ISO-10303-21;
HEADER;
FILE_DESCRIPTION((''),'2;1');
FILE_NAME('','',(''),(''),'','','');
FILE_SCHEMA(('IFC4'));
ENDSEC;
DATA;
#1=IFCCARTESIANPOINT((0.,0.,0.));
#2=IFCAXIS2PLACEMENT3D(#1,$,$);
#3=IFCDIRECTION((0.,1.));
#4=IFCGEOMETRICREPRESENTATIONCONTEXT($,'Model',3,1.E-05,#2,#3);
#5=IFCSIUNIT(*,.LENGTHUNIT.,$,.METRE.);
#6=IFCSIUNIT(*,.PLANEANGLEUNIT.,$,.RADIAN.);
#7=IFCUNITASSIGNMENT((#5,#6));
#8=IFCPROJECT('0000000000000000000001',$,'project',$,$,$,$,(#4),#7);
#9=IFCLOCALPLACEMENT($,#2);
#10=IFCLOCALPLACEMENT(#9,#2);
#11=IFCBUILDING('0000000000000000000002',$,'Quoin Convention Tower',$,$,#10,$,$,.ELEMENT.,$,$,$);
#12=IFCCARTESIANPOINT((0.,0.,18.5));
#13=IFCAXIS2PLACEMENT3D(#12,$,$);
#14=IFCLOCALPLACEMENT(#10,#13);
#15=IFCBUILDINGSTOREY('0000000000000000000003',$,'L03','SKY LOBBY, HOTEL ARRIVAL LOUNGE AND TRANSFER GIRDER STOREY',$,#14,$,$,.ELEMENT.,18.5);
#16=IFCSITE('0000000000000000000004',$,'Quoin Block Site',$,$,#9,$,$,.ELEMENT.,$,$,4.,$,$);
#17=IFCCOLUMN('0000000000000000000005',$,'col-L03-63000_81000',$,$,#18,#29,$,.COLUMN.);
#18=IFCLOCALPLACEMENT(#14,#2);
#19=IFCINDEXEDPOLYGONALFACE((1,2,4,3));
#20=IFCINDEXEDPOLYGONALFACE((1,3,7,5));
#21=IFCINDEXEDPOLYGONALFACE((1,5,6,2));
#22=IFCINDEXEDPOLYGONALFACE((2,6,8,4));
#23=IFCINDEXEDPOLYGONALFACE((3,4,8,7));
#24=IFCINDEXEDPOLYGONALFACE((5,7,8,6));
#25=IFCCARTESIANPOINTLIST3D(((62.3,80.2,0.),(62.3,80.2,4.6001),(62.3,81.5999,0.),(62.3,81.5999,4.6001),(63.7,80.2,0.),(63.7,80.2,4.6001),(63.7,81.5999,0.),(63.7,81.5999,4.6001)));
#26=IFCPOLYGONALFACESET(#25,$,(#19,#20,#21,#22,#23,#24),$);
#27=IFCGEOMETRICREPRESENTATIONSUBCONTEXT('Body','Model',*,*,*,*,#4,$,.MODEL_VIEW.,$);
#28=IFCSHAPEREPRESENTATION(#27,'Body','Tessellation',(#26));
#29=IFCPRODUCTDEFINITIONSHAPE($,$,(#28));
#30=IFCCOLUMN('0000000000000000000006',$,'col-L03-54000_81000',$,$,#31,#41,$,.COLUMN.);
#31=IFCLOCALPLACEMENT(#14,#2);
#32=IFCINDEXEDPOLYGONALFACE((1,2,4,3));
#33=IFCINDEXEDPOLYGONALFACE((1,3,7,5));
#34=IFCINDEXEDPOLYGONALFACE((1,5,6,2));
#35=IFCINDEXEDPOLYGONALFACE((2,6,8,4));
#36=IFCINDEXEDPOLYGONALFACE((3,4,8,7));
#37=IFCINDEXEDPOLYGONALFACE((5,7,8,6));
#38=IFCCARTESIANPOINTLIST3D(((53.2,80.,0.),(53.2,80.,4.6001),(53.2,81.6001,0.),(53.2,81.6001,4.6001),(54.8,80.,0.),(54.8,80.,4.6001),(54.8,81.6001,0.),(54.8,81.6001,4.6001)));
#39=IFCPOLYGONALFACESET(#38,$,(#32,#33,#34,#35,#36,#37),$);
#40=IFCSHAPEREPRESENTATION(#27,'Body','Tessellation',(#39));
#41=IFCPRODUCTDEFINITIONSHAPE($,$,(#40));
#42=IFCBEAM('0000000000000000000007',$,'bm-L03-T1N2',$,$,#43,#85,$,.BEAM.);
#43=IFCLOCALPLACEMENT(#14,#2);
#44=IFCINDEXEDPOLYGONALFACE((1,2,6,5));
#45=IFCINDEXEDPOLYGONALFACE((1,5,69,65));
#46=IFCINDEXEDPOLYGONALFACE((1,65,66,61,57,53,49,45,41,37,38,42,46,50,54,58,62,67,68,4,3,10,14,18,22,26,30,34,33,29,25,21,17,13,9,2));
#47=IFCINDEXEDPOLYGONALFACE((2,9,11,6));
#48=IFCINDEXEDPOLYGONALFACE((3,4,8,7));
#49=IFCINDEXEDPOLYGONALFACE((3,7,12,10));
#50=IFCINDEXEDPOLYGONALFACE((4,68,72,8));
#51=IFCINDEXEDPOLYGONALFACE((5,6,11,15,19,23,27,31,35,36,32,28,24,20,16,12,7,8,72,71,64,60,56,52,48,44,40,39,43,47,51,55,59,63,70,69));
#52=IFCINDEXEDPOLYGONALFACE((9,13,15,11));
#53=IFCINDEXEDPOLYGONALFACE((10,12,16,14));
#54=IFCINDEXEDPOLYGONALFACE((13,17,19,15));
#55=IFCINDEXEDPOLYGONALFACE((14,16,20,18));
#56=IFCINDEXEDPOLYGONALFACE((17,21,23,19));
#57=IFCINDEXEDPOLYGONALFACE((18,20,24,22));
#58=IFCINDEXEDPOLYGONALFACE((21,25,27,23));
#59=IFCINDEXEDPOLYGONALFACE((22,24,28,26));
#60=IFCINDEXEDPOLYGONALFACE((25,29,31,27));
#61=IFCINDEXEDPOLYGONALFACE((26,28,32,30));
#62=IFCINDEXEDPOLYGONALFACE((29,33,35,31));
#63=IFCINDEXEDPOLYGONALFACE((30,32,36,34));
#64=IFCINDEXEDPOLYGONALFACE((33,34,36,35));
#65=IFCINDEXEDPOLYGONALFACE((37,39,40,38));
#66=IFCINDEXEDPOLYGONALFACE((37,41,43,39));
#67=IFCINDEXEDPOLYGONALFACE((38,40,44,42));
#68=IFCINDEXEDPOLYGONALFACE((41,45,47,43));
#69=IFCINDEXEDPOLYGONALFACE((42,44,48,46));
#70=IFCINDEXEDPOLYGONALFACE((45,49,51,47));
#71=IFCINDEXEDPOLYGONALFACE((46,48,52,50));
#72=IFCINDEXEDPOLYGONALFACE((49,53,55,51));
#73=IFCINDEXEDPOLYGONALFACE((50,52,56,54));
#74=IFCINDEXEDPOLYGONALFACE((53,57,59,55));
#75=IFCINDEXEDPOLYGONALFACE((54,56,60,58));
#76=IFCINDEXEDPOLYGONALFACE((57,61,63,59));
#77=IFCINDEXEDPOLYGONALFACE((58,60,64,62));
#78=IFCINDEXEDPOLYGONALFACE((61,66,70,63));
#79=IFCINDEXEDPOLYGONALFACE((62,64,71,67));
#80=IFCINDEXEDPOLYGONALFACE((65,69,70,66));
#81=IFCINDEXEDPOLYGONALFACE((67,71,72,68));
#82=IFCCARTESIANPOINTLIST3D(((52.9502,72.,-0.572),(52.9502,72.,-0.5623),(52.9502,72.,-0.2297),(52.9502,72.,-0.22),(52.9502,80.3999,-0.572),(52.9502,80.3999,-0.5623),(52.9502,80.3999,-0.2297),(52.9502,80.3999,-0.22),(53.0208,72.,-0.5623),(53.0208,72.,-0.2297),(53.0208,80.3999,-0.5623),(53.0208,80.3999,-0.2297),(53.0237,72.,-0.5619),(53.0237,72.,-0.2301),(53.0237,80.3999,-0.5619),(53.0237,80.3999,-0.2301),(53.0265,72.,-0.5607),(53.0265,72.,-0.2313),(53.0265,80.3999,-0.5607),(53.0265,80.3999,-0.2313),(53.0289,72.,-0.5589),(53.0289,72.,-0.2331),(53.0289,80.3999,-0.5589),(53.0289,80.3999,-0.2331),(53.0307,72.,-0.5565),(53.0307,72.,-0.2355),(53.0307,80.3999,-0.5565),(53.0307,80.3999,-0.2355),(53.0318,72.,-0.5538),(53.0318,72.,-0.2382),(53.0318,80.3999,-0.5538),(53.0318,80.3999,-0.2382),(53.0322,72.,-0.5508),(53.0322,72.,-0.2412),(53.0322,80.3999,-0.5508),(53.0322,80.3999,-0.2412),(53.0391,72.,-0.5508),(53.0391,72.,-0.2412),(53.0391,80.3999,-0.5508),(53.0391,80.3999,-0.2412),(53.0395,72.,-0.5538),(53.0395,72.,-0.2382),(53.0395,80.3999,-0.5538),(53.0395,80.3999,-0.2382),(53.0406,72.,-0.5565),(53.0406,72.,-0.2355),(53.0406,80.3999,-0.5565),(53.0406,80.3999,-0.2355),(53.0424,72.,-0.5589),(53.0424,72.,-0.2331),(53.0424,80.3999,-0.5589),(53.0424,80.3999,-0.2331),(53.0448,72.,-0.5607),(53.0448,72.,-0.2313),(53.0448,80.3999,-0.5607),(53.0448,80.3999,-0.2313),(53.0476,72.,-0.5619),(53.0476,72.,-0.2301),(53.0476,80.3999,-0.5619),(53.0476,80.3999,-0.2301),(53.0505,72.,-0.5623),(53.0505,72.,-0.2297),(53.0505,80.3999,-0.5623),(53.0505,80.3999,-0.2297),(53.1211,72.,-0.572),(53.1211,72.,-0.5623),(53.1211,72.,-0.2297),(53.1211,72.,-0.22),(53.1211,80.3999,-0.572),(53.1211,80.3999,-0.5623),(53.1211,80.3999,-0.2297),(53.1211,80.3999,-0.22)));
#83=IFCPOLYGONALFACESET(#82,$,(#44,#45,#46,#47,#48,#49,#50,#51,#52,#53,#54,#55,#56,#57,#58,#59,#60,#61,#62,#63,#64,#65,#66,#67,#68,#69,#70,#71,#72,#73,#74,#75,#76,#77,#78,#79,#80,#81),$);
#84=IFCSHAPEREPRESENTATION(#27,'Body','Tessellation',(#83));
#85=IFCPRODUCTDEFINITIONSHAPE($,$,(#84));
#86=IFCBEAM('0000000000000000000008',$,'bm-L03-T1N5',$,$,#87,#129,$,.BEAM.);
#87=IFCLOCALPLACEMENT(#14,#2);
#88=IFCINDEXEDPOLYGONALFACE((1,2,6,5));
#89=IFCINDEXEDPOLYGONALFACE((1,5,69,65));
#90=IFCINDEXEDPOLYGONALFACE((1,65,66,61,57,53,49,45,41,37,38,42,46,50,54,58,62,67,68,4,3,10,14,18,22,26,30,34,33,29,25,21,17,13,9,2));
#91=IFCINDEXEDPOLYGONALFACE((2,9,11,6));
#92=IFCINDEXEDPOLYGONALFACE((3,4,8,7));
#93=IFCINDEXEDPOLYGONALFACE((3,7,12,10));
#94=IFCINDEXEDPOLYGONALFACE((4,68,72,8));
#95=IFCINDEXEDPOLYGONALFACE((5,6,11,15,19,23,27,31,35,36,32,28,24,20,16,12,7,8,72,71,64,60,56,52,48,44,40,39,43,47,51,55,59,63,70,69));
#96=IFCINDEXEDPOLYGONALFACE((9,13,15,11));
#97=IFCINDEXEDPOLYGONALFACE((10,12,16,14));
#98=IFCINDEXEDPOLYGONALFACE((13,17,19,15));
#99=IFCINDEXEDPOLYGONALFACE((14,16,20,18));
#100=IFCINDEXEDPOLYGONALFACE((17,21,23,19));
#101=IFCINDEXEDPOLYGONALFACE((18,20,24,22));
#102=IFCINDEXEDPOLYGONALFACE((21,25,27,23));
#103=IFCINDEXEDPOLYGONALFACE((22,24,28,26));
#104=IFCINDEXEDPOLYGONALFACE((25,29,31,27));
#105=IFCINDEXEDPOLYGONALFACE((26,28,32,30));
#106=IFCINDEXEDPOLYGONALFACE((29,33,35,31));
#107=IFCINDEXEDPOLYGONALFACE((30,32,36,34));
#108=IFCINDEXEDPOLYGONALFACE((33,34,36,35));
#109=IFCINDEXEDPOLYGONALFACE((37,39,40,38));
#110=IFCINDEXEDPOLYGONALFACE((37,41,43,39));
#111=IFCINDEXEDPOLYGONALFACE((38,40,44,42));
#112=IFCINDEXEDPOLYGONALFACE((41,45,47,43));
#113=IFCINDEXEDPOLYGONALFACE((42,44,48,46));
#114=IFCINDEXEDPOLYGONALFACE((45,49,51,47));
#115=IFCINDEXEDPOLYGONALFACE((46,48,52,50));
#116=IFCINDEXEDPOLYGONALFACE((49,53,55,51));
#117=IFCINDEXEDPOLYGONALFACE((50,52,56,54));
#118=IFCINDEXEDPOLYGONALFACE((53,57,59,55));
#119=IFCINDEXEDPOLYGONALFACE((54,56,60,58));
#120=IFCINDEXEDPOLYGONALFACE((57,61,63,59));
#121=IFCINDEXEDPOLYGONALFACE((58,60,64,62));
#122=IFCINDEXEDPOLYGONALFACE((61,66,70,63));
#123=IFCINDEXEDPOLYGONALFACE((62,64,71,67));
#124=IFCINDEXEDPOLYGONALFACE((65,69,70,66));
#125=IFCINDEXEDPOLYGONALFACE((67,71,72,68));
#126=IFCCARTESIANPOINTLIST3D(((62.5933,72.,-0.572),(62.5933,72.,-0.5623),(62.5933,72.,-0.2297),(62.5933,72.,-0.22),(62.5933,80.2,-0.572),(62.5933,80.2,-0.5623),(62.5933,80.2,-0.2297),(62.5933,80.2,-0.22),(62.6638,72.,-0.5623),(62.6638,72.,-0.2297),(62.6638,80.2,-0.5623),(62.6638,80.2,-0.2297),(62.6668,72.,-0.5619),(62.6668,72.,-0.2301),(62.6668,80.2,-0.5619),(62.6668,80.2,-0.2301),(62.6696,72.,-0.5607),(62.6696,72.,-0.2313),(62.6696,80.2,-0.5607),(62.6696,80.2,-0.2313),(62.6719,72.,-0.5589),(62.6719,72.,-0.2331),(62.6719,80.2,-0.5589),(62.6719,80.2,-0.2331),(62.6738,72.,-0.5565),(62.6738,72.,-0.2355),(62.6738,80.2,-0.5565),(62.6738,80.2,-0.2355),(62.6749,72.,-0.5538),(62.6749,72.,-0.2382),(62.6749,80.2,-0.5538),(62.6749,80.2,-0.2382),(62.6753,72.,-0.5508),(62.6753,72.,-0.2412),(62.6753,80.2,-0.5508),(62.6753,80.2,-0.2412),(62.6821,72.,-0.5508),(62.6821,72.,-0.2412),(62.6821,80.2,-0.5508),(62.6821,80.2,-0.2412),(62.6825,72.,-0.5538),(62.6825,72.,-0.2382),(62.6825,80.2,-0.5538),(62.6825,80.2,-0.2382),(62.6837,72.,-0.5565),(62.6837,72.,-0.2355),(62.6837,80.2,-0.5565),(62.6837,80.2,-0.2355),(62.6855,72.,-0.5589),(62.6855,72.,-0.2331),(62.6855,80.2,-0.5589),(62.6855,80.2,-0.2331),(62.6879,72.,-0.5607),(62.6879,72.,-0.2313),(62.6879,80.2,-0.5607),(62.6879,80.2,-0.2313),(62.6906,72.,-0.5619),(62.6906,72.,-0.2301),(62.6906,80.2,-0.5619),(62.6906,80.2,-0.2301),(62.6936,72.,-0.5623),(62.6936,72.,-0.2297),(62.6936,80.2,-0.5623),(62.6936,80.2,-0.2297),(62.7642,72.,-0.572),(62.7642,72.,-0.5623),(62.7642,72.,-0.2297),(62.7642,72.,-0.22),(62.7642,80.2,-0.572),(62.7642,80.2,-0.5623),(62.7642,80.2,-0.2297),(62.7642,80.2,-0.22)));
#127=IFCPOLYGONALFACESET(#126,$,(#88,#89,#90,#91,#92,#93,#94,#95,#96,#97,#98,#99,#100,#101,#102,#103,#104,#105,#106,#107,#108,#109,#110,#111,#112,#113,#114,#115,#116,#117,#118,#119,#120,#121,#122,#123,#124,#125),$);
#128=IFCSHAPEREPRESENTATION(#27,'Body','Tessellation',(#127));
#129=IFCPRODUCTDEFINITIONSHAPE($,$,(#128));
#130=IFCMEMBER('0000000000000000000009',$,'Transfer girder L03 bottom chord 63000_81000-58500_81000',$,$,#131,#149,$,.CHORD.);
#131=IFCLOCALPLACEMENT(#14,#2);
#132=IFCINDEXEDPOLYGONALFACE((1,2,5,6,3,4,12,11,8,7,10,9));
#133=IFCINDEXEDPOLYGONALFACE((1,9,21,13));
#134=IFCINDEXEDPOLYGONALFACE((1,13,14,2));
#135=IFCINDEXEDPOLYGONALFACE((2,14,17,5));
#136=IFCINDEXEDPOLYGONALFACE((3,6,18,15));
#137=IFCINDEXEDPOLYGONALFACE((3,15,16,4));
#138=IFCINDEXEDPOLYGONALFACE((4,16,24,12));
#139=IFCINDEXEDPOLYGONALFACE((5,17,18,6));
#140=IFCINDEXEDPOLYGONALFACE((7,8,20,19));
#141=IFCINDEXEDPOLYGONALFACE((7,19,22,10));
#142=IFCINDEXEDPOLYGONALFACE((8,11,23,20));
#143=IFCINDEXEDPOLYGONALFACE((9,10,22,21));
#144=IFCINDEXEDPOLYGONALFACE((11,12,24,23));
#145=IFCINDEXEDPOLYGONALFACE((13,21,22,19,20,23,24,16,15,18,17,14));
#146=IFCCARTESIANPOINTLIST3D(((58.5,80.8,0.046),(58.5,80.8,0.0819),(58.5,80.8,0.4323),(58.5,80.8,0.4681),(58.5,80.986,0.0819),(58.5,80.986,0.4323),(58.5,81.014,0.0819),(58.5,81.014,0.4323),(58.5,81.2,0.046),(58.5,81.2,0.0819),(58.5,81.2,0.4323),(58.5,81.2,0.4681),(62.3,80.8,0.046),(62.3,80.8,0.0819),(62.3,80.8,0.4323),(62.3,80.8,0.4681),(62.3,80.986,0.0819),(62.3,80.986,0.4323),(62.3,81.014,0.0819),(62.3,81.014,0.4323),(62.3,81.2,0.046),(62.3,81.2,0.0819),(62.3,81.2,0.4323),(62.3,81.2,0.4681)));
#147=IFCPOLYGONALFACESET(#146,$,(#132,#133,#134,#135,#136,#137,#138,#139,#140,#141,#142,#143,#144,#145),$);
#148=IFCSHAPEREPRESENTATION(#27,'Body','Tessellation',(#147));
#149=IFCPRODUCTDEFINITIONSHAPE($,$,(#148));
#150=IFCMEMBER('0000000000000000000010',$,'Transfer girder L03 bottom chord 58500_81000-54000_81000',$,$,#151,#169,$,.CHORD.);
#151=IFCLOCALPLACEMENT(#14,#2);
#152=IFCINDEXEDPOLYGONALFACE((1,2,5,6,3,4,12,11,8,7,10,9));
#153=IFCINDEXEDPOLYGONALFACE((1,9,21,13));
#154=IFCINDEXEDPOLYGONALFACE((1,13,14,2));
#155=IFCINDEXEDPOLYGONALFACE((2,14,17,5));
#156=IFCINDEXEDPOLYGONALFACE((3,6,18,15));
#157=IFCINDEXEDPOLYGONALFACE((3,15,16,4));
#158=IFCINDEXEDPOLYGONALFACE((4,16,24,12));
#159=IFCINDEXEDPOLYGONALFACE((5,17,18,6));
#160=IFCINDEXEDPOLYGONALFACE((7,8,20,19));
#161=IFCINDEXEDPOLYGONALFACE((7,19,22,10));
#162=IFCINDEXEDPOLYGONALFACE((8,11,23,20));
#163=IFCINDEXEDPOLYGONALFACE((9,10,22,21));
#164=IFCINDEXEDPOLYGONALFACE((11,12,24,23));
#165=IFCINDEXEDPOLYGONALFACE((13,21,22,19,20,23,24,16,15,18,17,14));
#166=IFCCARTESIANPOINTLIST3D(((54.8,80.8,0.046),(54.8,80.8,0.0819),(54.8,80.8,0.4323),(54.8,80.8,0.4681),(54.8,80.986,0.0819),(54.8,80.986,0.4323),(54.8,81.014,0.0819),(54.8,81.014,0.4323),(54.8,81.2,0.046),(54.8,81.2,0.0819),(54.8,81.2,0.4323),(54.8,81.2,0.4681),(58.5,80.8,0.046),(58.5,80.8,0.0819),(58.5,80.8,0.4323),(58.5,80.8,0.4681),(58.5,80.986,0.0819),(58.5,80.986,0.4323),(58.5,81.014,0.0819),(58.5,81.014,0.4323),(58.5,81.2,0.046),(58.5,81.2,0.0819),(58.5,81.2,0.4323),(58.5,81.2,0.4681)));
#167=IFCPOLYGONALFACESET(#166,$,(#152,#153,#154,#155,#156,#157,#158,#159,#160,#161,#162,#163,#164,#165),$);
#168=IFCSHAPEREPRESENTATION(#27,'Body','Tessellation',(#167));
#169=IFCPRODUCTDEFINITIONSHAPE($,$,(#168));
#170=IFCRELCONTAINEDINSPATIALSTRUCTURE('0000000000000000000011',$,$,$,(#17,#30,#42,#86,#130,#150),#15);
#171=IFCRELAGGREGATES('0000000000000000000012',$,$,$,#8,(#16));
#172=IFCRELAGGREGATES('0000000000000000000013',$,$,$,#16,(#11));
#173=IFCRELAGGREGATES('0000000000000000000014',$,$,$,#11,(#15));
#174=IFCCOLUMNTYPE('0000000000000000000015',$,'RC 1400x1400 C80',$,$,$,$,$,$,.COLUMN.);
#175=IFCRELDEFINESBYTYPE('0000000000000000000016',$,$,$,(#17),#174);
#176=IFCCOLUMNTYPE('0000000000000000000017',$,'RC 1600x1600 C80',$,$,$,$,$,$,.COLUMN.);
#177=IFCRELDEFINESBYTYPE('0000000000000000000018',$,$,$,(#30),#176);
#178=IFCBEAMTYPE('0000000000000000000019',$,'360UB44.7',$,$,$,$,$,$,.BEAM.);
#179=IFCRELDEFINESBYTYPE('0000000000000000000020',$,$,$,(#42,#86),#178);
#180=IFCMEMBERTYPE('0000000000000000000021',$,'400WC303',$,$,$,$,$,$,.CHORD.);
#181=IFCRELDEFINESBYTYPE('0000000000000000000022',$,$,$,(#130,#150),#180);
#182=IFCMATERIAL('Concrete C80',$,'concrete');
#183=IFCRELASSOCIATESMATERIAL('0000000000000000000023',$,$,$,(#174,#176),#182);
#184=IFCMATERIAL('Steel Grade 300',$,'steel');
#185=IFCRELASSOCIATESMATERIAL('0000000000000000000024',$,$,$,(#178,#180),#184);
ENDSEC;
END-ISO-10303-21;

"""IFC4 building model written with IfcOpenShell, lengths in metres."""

from ifc_helpers import new_model, si_unit, direction, frame, origin, origin_2d, place, context, subcontext, project, spatial, rectangle, i_section, extrude, material, material_profile, profile_set, type_object, element, save


model = new_model("IFC4")

# Units and contexts
model_context = context("Model", 3, precision=1e-05, world=origin(), true_north=direction((0.0, 1.0)))
body_context = subcontext(model_context, "Body", "Model", "MODEL_VIEW")
ifc_project = project(units=[si_unit("LENGTHUNIT", "METRE"), si_unit("PLANEANGLEUNIT", "RADIAN")], contexts=[model_context])

# Site, building, storey
site_placement = place(None, origin())
site = spatial("IfcSite", under=ifc_project, at=site_placement, Name="Quoin Block Site", CompositionType="ELEMENT", RefElevation=4.0)
building_placement = place(site_placement, origin())
building = spatial("IfcBuilding", under=site, at=building_placement, Name="Quoin Convention Tower", CompositionType="ELEMENT")
storey_placement = place(building_placement, frame((0.0, 0.0, 18.5)))
storey = spatial("IfcBuildingStorey", under=building, at=storey_placement, Name="L03", Description="SKY LOBBY, HOTEL ARRIVAL LOUNGE AND TRANSFER GIRDER STOREY", CompositionType="ELEMENT", Elevation=18.5)

# Columns
ifc_material_1 = material(Name="Concrete C80", Category="concrete")
ifc_material_profile_1 = material_profile(ifc_material_1, rectangle(XDim=1.3999, YDim=1.3999, at=origin_2d()), Name="RC 1400x1400")
ifc_profile_set_1 = profile_set([ifc_material_profile_1], Name="Concrete C80")
column_type_1 = type_object("IfcColumnType", Name="RC 1400x1400 C80", PredefinedType="COLUMN", material=ifc_profile_set_1)
column_1_placement = place(storey_placement, frame((63.0, 80.8999, 0.0), z_axis=(0.0, 0.0, 1.0), x_axis=(1.0, 0.0, 0.0)))
element("IfcColumn", 1, at=column_1_placement, inside=storey, type_object=column_type_1, Name="col-L03-63000_81000", PredefinedType="COLUMN", context=body_context, shape_type="SweptSolid", body=[
    extrude(rectangle(XDim=1.3999, YDim=1.3999, at=origin_2d()), origin(), (0.0, 0.0, 1.0), 4.6001),
])
ifc_material_profile_2 = material_profile(ifc_material_1, rectangle(XDim=1.6001, YDim=1.6001, at=origin_2d()), Name="RC 1600x1600")
ifc_profile_set_2 = profile_set([ifc_material_profile_2], Name="Concrete C80")
column_type_2 = type_object("IfcColumnType", Name="RC 1600x1600 C80", PredefinedType="COLUMN", material=ifc_profile_set_2)
column_2_placement = place(storey_placement, frame((54.0, 80.8, 0.0), z_axis=(0.0, 0.0, 1.0), x_axis=(1.0, 0.0, 0.0)))
element("IfcColumn", 2, at=column_2_placement, inside=storey, type_object=column_type_2, Name="col-L03-54000_81000", PredefinedType="COLUMN", context=body_context, shape_type="SweptSolid", body=[
    extrude(rectangle(XDim=1.6001, YDim=1.6001, at=origin_2d()), origin(), (0.0, 0.0, 1.0), 4.6001),
])

# Beams
ifc_material_2 = material(Name="Steel Grade 300", Category="steel")
ifc_material_profile_3 = material_profile(ifc_material_2, i_section(OverallWidth=0.1709, OverallDepth=0.3521, WebThickness=0.0068, FlangeThickness=0.0098, FilletRadius=0.0115, at=origin_2d()), Name="360UB44.7")
ifc_profile_set_3 = profile_set([ifc_material_profile_3], Name="Steel Grade 300")
beam_type_1 = type_object("IfcBeamType", Name="360UB44.7", PredefinedType="BEAM", material=ifc_profile_set_3)
beam_1_placement = place(storey_placement, frame((53.0356, 72.0, -0.396), z_axis=(0.0, 1.0, 0.0), x_axis=(-1.0, 0.0, 0.0)))
element("IfcBeam", 3, at=beam_1_placement, inside=storey, type_object=beam_type_1, Name="bm-L03-T1N2", PredefinedType="BEAM", context=body_context, shape_type="SweptSolid", body=[
    extrude(i_section(OverallWidth=0.1709, OverallDepth=0.3521, WebThickness=0.0068, FlangeThickness=0.0098, FilletRadius=0.0115, at=origin_2d()), origin(), (0.0, 0.0, 1.0), 8.3999),
])
beam_2_placement = place(storey_placement, frame((62.6787, 72.0, -0.396), z_axis=(0.0, 1.0, 0.0), x_axis=(-1.0, 0.0, 0.0)))
element("IfcBeam", 4, at=beam_2_placement, inside=storey, type_object=beam_type_1, Name="bm-L03-T1N5", PredefinedType="BEAM", context=body_context, shape_type="SweptSolid", body=[
    extrude(i_section(OverallWidth=0.1709, OverallDepth=0.3521, WebThickness=0.0068, FlangeThickness=0.0098, FilletRadius=0.0115, at=origin_2d()), origin(), (0.0, 0.0, 1.0), 8.2),
])

# Members
ifc_material_profile_4 = material_profile(ifc_material_2, i_section(OverallWidth=0.3999, OverallDepth=0.4221, WebThickness=0.0281, FlangeThickness=0.0359, at=origin_2d()), Name="400WC303")
ifc_profile_set_4 = profile_set([ifc_material_profile_4], Name="Steel Grade 300")
member_type_1 = type_object("IfcMemberType", Name="400WC303", PredefinedType="CHORD", material=ifc_profile_set_4)
member_1_placement = place(storey_placement, frame((62.3, 81.0, 0.2571), z_axis=(-1.0, 0.0, 0.0), x_axis=(0.0, -1.0, 0.0)))
element("IfcMember", 5, at=member_1_placement, inside=storey, type_object=member_type_1, Name="Transfer girder L03 bottom chord 63000_81000-58500_81000", PredefinedType="CHORD", context=body_context, shape_type="SweptSolid", body=[
    extrude(i_section(OverallWidth=0.3999, OverallDepth=0.4221, WebThickness=0.0281, FlangeThickness=0.0359, at=origin_2d()), origin(), (0.0, 0.0, 1.0), 3.8),
])
member_2_placement = place(storey_placement, frame((58.5, 81.0, 0.2571), z_axis=(-1.0, 0.0, 0.0), x_axis=(0.0, -1.0, 0.0)))
element("IfcMember", 6, at=member_2_placement, inside=storey, type_object=member_type_1, Name="Transfer girder L03 bottom chord 58500_81000-54000_81000", PredefinedType="CHORD", context=body_context, shape_type="SweptSolid", body=[
    extrude(i_section(OverallWidth=0.3999, OverallDepth=0.4221, WebThickness=0.0281, FlangeThickness=0.0359, at=origin_2d()), origin(), (0.0, 0.0, 1.0), 3.7),
])

save(model, "model.ifc")
